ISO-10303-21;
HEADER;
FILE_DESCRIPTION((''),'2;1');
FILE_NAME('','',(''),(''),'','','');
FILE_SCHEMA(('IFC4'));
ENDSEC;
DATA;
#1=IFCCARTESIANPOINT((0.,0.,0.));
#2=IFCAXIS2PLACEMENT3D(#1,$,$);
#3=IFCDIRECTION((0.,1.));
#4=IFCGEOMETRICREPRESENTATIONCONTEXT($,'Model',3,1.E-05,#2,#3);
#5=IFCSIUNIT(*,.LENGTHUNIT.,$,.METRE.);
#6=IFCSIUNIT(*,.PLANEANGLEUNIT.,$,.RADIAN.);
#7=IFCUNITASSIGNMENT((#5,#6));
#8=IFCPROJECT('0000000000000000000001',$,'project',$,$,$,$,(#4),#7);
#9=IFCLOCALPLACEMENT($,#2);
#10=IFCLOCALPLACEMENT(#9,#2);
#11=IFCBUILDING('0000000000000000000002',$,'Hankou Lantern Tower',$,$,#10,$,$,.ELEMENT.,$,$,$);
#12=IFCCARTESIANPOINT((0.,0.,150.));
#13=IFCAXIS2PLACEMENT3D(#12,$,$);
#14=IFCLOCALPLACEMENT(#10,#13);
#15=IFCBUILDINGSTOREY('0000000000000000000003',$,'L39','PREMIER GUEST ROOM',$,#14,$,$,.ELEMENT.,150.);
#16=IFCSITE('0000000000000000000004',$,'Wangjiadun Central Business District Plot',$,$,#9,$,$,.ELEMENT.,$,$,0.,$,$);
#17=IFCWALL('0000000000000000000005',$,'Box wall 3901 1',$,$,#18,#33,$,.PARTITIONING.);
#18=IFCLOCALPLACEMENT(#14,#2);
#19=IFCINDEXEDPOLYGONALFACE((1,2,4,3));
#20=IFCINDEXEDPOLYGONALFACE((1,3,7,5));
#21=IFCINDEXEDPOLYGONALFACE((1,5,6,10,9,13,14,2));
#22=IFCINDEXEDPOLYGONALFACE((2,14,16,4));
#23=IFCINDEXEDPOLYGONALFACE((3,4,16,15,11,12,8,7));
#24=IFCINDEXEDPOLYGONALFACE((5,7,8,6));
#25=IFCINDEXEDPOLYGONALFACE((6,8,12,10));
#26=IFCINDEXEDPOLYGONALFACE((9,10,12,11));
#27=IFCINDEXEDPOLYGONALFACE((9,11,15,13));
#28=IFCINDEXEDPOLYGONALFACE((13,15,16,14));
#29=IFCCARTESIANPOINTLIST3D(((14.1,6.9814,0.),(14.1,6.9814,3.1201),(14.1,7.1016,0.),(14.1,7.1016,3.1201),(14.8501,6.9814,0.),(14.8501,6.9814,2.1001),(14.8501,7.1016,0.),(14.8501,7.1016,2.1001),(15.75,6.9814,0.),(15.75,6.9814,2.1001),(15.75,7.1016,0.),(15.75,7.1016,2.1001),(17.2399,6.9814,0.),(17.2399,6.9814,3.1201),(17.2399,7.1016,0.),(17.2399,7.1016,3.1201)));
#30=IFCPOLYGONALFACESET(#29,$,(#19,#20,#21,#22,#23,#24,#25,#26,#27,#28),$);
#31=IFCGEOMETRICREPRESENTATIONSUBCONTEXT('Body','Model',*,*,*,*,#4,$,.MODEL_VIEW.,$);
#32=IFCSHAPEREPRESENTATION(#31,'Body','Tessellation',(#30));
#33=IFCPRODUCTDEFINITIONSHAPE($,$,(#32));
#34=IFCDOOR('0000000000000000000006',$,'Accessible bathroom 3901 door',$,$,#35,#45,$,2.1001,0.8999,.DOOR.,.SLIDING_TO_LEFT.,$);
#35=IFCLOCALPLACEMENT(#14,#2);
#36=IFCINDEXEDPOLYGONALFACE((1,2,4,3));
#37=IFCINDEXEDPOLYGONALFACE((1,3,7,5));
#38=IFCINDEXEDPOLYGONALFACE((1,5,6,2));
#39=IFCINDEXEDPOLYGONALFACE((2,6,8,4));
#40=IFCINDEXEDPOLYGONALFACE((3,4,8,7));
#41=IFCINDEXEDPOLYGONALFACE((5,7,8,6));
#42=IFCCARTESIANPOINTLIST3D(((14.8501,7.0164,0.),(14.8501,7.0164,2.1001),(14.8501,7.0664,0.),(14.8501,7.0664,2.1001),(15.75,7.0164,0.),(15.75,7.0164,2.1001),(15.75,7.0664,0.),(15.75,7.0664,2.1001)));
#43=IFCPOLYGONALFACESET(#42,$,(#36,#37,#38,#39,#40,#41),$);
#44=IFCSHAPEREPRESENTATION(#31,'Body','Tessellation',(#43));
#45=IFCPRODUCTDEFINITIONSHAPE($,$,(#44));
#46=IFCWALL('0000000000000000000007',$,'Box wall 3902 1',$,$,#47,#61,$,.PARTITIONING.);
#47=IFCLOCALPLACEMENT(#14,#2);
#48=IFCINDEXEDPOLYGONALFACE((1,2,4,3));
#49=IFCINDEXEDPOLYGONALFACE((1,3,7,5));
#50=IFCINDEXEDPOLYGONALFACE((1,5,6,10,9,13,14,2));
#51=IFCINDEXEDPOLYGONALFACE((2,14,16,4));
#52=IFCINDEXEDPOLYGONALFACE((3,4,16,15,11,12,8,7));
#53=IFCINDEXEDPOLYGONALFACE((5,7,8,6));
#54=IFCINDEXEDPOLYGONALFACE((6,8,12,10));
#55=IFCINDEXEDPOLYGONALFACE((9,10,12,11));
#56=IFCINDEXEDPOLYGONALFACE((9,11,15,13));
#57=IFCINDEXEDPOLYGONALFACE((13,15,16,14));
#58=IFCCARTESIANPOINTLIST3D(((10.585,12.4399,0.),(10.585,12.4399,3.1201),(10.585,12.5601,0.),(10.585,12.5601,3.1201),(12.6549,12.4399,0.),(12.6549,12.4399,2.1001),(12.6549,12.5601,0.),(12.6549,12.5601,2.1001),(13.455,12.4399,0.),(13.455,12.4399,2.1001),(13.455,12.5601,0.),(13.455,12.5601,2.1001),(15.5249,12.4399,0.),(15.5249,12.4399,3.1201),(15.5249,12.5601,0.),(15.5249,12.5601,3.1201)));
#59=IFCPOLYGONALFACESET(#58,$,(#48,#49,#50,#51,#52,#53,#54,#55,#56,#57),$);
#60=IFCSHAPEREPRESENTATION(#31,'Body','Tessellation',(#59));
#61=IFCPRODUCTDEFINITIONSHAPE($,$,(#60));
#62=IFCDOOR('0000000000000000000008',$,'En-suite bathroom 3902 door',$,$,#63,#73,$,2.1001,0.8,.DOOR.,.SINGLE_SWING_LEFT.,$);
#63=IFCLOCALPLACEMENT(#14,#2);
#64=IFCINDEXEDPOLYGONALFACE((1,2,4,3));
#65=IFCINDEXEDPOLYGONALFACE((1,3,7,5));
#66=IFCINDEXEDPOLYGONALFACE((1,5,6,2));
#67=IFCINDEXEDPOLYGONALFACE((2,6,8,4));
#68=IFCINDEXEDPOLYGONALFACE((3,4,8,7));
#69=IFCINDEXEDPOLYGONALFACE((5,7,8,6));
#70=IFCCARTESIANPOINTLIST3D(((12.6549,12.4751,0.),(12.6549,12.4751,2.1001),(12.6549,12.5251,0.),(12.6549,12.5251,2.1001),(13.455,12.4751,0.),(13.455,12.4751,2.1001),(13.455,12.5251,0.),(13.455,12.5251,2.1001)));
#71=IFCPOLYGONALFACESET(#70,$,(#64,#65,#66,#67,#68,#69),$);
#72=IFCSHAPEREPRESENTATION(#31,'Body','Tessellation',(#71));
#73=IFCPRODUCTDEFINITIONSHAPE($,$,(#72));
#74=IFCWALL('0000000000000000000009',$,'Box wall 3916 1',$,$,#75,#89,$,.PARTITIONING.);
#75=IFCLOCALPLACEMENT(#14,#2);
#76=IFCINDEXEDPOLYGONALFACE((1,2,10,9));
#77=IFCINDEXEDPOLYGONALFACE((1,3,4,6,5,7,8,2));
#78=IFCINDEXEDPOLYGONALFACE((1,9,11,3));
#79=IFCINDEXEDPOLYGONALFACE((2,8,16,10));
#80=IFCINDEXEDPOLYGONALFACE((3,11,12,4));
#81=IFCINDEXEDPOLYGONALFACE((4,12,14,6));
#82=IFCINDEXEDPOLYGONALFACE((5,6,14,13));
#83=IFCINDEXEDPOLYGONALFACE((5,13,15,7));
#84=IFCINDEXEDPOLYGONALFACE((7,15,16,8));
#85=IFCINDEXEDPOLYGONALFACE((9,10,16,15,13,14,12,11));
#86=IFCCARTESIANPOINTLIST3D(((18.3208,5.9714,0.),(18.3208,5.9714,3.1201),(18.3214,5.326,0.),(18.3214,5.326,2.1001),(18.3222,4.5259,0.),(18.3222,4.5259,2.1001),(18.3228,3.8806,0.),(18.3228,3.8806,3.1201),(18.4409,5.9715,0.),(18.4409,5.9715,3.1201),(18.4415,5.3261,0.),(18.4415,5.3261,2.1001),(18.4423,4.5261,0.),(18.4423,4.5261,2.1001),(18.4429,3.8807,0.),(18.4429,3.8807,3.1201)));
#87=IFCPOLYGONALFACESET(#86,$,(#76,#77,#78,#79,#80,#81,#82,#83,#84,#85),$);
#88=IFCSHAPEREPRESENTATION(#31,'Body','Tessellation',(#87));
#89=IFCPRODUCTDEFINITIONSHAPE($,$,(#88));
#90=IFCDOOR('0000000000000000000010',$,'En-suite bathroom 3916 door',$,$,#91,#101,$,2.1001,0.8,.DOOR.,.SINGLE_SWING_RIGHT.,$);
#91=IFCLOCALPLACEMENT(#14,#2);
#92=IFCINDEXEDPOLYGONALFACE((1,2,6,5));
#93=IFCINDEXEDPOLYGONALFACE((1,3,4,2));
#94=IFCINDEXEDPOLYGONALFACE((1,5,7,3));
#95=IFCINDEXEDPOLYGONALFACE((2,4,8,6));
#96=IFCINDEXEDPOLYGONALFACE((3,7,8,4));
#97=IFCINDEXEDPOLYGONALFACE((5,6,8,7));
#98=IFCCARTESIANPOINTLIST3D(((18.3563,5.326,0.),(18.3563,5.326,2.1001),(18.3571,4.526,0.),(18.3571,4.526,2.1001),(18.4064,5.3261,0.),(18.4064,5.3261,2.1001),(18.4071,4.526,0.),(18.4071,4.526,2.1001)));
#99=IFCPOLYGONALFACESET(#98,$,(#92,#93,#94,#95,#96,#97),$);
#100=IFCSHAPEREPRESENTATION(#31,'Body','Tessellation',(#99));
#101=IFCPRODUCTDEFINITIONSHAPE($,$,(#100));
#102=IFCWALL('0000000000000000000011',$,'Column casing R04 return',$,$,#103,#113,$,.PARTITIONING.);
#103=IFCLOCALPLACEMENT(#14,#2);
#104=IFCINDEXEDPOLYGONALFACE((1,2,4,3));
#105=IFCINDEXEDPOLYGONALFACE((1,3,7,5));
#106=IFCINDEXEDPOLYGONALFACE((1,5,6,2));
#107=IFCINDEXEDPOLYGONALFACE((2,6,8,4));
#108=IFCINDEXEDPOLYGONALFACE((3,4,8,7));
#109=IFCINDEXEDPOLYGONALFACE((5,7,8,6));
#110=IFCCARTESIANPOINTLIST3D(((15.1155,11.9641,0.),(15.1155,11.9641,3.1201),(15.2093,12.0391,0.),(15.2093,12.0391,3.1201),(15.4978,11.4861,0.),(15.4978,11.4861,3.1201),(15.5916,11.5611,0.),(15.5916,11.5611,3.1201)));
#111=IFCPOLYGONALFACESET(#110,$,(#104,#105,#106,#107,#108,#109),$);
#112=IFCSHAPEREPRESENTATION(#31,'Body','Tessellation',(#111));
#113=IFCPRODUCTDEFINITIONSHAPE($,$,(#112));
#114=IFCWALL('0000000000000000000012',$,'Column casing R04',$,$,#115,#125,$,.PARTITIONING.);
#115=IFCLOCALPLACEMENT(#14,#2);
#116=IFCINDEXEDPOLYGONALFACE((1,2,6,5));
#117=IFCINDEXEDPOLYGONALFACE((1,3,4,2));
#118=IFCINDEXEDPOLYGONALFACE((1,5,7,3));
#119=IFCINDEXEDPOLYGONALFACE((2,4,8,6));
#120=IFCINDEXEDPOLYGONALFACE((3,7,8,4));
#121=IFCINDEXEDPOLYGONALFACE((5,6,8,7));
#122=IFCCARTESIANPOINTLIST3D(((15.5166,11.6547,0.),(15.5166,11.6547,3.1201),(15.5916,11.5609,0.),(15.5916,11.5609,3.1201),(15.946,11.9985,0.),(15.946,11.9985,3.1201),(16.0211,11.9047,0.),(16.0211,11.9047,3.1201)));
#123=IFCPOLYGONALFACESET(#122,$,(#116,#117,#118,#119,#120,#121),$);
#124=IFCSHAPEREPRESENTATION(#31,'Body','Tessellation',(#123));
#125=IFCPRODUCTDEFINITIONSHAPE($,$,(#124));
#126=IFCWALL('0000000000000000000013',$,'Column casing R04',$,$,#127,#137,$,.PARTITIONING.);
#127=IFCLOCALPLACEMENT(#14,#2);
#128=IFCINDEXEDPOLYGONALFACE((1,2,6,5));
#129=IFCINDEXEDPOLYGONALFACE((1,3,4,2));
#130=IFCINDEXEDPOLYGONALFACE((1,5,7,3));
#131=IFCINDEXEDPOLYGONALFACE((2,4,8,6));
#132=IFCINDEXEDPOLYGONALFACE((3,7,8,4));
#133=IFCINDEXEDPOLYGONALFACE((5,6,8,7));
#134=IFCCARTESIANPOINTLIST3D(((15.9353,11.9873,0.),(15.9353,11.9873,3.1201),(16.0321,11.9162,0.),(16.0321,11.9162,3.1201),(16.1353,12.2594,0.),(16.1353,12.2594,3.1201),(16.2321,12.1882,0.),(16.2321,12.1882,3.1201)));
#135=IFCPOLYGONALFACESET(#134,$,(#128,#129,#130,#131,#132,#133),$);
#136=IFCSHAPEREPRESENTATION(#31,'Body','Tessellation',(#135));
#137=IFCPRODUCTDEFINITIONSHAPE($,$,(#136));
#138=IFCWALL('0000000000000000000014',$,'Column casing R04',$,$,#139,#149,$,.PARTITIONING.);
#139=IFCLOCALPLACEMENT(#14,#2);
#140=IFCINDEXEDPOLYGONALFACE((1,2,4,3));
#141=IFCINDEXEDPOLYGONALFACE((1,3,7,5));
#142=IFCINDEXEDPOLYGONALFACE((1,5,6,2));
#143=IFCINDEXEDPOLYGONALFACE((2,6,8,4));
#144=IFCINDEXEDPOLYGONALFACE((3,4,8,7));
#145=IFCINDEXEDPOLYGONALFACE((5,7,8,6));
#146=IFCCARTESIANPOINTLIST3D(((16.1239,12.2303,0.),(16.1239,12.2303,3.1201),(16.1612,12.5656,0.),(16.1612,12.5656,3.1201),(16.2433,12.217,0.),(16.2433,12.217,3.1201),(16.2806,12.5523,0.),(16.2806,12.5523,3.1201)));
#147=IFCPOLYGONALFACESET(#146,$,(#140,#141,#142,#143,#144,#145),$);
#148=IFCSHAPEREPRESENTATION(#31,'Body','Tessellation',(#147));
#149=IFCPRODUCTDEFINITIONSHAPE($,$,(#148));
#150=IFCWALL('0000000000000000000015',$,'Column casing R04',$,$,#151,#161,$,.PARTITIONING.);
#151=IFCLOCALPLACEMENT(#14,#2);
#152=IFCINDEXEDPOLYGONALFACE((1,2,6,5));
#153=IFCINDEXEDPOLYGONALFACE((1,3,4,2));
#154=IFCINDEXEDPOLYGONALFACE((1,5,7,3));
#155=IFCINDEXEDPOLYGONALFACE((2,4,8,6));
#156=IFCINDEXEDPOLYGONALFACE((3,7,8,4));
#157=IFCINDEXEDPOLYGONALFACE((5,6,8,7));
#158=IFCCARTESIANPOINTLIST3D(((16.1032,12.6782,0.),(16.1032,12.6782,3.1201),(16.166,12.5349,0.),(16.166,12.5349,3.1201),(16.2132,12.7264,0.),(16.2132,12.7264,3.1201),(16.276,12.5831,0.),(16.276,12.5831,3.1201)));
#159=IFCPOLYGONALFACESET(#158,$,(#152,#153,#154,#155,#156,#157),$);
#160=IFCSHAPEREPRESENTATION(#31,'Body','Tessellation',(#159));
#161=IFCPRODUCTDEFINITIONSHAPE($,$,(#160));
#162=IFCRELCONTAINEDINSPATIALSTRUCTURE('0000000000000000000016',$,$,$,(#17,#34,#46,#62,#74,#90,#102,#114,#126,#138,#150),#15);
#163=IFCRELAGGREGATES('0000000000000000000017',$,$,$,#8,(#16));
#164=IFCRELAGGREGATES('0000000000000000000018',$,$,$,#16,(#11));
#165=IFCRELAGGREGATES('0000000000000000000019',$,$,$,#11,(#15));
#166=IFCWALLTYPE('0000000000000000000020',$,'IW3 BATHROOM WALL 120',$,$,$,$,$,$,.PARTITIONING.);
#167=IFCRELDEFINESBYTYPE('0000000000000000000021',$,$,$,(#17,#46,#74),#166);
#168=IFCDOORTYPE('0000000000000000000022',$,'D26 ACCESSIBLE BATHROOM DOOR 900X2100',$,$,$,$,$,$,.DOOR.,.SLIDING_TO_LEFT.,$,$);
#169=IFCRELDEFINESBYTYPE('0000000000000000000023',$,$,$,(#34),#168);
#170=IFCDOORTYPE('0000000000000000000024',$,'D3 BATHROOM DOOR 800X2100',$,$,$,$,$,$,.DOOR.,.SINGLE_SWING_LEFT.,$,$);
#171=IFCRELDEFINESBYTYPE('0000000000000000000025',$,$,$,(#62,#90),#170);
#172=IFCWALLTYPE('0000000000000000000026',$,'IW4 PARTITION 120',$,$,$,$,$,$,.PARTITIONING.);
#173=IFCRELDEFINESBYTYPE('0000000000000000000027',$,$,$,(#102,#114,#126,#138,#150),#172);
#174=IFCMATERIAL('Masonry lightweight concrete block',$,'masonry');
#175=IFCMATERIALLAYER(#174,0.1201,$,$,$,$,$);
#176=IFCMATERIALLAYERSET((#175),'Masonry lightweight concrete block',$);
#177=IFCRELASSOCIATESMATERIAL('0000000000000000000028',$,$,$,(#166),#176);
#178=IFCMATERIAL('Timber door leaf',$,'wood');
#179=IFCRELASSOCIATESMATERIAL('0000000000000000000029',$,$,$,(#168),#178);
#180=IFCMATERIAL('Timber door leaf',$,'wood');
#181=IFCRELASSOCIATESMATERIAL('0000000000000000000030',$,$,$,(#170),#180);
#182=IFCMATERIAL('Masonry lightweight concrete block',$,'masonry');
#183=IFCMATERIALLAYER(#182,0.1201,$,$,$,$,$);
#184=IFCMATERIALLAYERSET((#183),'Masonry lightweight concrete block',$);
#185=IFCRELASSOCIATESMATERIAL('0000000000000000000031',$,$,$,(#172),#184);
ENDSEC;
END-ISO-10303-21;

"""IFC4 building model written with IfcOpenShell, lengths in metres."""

from ifc_helpers import new_model, si_unit, direction, frame, frame_2d, origin, place, context, subcontext, project, spatial, rectangle, extrude, material, layer, layer_set, type_object, element, fill, save


model = new_model("IFC4")

# Units and contexts
model_context = context("Model", 3, precision=1e-05, world=origin(), true_north=direction((0.0, 1.0)))
body_context = subcontext(model_context, "Body", "Model", "MODEL_VIEW")
ifc_project = project(units=[si_unit("LENGTHUNIT", "METRE"), si_unit("PLANEANGLEUNIT", "RADIAN")], contexts=[model_context])

# Site, building, storey
site_placement = place(None, origin())
site = spatial("IfcSite", under=ifc_project, at=site_placement, Name="Wangjiadun Central Business District Plot", CompositionType="ELEMENT", RefElevation=0.0)
building_placement = place(site_placement, origin())
building = spatial("IfcBuilding", under=site, at=building_placement, Name="Hankou Lantern Tower", CompositionType="ELEMENT")
storey_placement = place(building_placement, frame((0.0, 0.0, 150.0)))
storey = spatial("IfcBuildingStorey", under=building, at=storey_placement, Name="L39", Description="PREMIER GUEST ROOM", CompositionType="ELEMENT", Elevation=150.0)

# Walls, openings, doors
ifc_material_1 = material(Name="Masonry lightweight concrete block", Category="masonry")
ifc_layer_1 = layer(ifc_material_1, 0.1201)
ifc_layer_set_1 = layer_set([ifc_layer_1], Name="Masonry lightweight concrete block")
wall_type_1 = type_object("IfcWallType", Name="IW3 BATHROOM WALL 120", PredefinedType="PARTITIONING", material=ifc_layer_set_1)
wall_1_placement = place(storey_placement, frame((14.1001, 7.0415, 0.0), z_axis=(0.0, 0.0, 1.0), x_axis=(1.0, 0.0, 0.0)))
wall_1 = element("IfcWall", 1, at=wall_1_placement, inside=storey, type_object=wall_type_1, Name="Box wall 3901 1", PredefinedType="PARTITIONING", context=body_context, shape_type="SweptSolid", body=[
    extrude(rectangle(XDim=3.1399, YDim=0.1201, at=frame_2d((1.5698, 0.0))), origin(), (0.0, 0.0, 1.0), 3.1201),
])
opening_1_placement = place(wall_1_placement, frame((0.75, 0.0, 0.0)))
opening_1 = element("IfcOpeningElement", 2, at=opening_1_placement, cuts=wall_1, PredefinedType="OPENING", context=body_context, shape_type="SweptSolid", body=[
    extrude(rectangle(XDim=0.8999, YDim=2.1001, at=frame_2d((0.45, 1.05))), frame((0.0, 0.0701, 0.0), z_axis=(0.0, -1.0, 0.0), x_axis=(1.0, 0.0, 0.0)), (0.0, 0.0, 1.0), 0.1401),
])
ifc_material_2 = material(Name="Timber door leaf", Category="wood")
door_type_1 = type_object("IfcDoorType", Name="D26 ACCESSIBLE BATHROOM DOOR 900X2100", OperationType="SLIDING_TO_LEFT", PredefinedType="DOOR", material=ifc_material_2)
door_1_placement = place(opening_1_placement, origin())
door_1 = element("IfcDoor", 3, at=door_1_placement, inside=storey, type_object=door_type_1, Name="Accessible bathroom 3901 door", OperationType="SLIDING_TO_LEFT", OverallHeight=2.1001, OverallWidth=0.8999, PredefinedType="DOOR", context=body_context, shape_type="SweptSolid", body=[
    extrude(rectangle(XDim=0.8999, YDim=2.1001, at=frame_2d((0.45, 1.05))), frame((0.0, 0.0249, 0.0), z_axis=(0.0, -1.0, 0.0), x_axis=(1.0, 0.0, 0.0)), (0.0, 0.0, 1.0), 0.05),
])
fill(opening_1, door_1)
wall_2_placement = place(storey_placement, frame((15.5249, 12.5, 0.0), z_axis=(0.0, 0.0, 1.0), x_axis=(-1.0, 0.0, 0.0)))
wall_2 = element("IfcWall", 4, at=wall_2_placement, inside=storey, type_object=wall_type_1, Name="Box wall 3902 1", PredefinedType="PARTITIONING", context=body_context, shape_type="SweptSolid", body=[
    extrude(rectangle(XDim=4.9399, YDim=0.1201, at=frame_2d((2.47, 0.0))), origin(), (0.0, 0.0, 1.0), 3.1201),
])
opening_2_placement = place(wall_2_placement, frame((2.0701, 0.0, 0.0)))
opening_2 = element("IfcOpeningElement", 5, at=opening_2_placement, cuts=wall_2, PredefinedType="OPENING", context=body_context, shape_type="SweptSolid", body=[
    extrude(rectangle(XDim=0.8, YDim=2.1001, at=frame_2d((0.3999, 1.05))), frame((0.0, 0.0701, 0.0), z_axis=(0.0, -1.0, 0.0), x_axis=(1.0, 0.0, 0.0)), (0.0, 0.0, 1.0), 0.1401),
])
ifc_material_3 = material(Name="Timber door leaf", Category="wood")
door_type_2 = type_object("IfcDoorType", Name="D3 BATHROOM DOOR 800X2100", OperationType="SINGLE_SWING_LEFT", PredefinedType="DOOR", material=ifc_material_3)
door_2_placement = place(opening_2_placement, origin())
door_2 = element("IfcDoor", 6, at=door_2_placement, inside=storey, type_object=door_type_2, Name="En-suite bathroom 3902 door", OperationType="SINGLE_SWING_LEFT", OverallHeight=2.1001, OverallWidth=0.8, PredefinedType="DOOR", context=body_context, shape_type="SweptSolid", body=[
    extrude(rectangle(XDim=0.8, YDim=2.1001, at=frame_2d((0.3999, 1.05))), frame((0.0, 0.0249, 0.0), z_axis=(0.0, -1.0, 0.0), x_axis=(1.0, 0.0, 0.0)), (0.0, 0.0, 1.0), 0.05),
])
fill(opening_2, door_2)
wall_3_placement = place(storey_placement, frame((18.3809, 5.9714, 0.0), z_axis=(0.0, 0.0, 1.0), x_axis=(0.000934, -1.0, 0.0)))
wall_3 = element("IfcWall", 7, at=wall_3_placement, inside=storey, type_object=wall_type_1, Name="Box wall 3916 1", PredefinedType="PARTITIONING", context=body_context, shape_type="SweptSolid", body=[
    extrude(rectangle(XDim=2.0908, YDim=0.1201, at=frame_2d((1.0454, 0.0))), origin(), (0.0, 0.0, 1.0), 3.1201),
])
opening_3_placement = place(wall_3_placement, frame((0.6455, 0.0, 0.0)))
opening_3 = element("IfcOpeningElement", 8, at=opening_3_placement, cuts=wall_3, PredefinedType="OPENING", context=body_context, shape_type="SweptSolid", body=[
    extrude(rectangle(XDim=0.8, YDim=2.1001, at=frame_2d((0.3999, 1.05))), frame((0.0, 0.0701, 0.0), z_axis=(0.0, -1.0, 0.0), x_axis=(1.0, 0.0, 0.0)), (0.0, 0.0, 1.0), 0.1401),
])
door_3_placement = place(opening_3_placement, origin())
door_3 = element("IfcDoor", 9, at=door_3_placement, inside=storey, type_object=door_type_2, Name="En-suite bathroom 3916 door", OperationType="SINGLE_SWING_RIGHT", OverallHeight=2.1001, OverallWidth=0.8, PredefinedType="DOOR", context=body_context, shape_type="SweptSolid", body=[
    extrude(rectangle(XDim=0.8, YDim=2.1001, at=frame_2d((0.3999, 1.05))), frame((0.0, 0.0249, 0.0), z_axis=(0.0, -1.0, 0.0), x_axis=(1.0, 0.0, 0.0)), (0.0, 0.0, 1.0), 0.05),
])
fill(opening_3, door_3)

# Walls
ifc_material_4 = material(Name="Masonry lightweight concrete block", Category="masonry")
ifc_layer_2 = layer(ifc_material_4, 0.1201)
ifc_layer_set_2 = layer_set([ifc_layer_2], Name="Masonry lightweight concrete block")
wall_type_2 = type_object("IfcWallType", Name="IW4 PARTITION 120", PredefinedType="PARTITIONING", material=ifc_layer_set_2)
wall_4_placement = place(storey_placement, frame((15.1624, 12.0017, 0.0), z_axis=(0.0, 0.0, 1.0), x_axis=(0.624598, -0.780947, 0.0)))
element("IfcWall", 10, at=wall_4_placement, inside=storey, type_object=wall_type_2, Name="Column casing R04 return", PredefinedType="PARTITIONING", context=body_context, shape_type="SweptSolid", body=[
    extrude(rectangle(XDim=0.6121, YDim=0.1201, at=frame_2d((0.3062, 0.0))), origin(), (0.0, 0.0, 1.0), 3.1201),
])
wall_5_placement = place(storey_placement, frame((15.5542, 11.6079, 0.0), z_axis=(0.0, 0.0, 1.0), x_axis=(0.780696, 0.624912, 0.0)))
element("IfcWall", 11, at=wall_5_placement, inside=storey, type_object=wall_type_2, Name="Column casing R04", PredefinedType="PARTITIONING", context=body_context, shape_type="SweptSolid", body=[
    extrude(rectangle(XDim=0.55, YDim=0.1201, at=frame_2d((0.2749, 0.0))), origin(), (0.0, 0.0, 1.0), 3.1201),
])
wall_6_placement = place(storey_placement, frame((15.9836, 11.9517, 0.0), z_axis=(0.0, 0.0, 1.0), x_axis=(0.592335, 0.805692, 0.0)))
element("IfcWall", 12, at=wall_6_placement, inside=storey, type_object=wall_type_2, Name="Column casing R04", PredefinedType="PARTITIONING", context=body_context, shape_type="SweptSolid", body=[
    extrude(rectangle(XDim=0.3376, YDim=0.1201, at=frame_2d((0.1689, 0.0))), origin(), (0.0, 0.0, 1.0), 3.1201),
])
wall_7_placement = place(storey_placement, frame((16.1836, 12.2236, 0.0), z_axis=(0.0, 0.0, 1.0), x_axis=(0.11067, 0.993857, 0.0)))
element("IfcWall", 13, at=wall_7_placement, inside=storey, type_object=wall_type_2, Name="Column casing R04", PredefinedType="PARTITIONING", context=body_context, shape_type="SweptSolid", body=[
    extrude(rectangle(XDim=0.3374, YDim=0.1201, at=frame_2d((0.1687, 0.0))), origin(), (0.0, 0.0, 1.0), 3.1201),
])
wall_8_placement = place(storey_placement, frame((16.2209, 12.5591, 0.0), z_axis=(0.0, 0.0, 1.0), x_axis=(-0.401064, 0.91605, 0.0)))
element("IfcWall", 14, at=wall_8_placement, inside=storey, type_object=wall_type_2, Name="Column casing R04", PredefinedType="PARTITIONING", context=body_context, shape_type="SweptSolid", body=[
    extrude(rectangle(XDim=0.1565, YDim=0.1201, at=frame_2d((0.0781, 0.0))), origin(), (0.0, 0.0, 1.0), 3.1201),
])

save(model, "model.ifc")
